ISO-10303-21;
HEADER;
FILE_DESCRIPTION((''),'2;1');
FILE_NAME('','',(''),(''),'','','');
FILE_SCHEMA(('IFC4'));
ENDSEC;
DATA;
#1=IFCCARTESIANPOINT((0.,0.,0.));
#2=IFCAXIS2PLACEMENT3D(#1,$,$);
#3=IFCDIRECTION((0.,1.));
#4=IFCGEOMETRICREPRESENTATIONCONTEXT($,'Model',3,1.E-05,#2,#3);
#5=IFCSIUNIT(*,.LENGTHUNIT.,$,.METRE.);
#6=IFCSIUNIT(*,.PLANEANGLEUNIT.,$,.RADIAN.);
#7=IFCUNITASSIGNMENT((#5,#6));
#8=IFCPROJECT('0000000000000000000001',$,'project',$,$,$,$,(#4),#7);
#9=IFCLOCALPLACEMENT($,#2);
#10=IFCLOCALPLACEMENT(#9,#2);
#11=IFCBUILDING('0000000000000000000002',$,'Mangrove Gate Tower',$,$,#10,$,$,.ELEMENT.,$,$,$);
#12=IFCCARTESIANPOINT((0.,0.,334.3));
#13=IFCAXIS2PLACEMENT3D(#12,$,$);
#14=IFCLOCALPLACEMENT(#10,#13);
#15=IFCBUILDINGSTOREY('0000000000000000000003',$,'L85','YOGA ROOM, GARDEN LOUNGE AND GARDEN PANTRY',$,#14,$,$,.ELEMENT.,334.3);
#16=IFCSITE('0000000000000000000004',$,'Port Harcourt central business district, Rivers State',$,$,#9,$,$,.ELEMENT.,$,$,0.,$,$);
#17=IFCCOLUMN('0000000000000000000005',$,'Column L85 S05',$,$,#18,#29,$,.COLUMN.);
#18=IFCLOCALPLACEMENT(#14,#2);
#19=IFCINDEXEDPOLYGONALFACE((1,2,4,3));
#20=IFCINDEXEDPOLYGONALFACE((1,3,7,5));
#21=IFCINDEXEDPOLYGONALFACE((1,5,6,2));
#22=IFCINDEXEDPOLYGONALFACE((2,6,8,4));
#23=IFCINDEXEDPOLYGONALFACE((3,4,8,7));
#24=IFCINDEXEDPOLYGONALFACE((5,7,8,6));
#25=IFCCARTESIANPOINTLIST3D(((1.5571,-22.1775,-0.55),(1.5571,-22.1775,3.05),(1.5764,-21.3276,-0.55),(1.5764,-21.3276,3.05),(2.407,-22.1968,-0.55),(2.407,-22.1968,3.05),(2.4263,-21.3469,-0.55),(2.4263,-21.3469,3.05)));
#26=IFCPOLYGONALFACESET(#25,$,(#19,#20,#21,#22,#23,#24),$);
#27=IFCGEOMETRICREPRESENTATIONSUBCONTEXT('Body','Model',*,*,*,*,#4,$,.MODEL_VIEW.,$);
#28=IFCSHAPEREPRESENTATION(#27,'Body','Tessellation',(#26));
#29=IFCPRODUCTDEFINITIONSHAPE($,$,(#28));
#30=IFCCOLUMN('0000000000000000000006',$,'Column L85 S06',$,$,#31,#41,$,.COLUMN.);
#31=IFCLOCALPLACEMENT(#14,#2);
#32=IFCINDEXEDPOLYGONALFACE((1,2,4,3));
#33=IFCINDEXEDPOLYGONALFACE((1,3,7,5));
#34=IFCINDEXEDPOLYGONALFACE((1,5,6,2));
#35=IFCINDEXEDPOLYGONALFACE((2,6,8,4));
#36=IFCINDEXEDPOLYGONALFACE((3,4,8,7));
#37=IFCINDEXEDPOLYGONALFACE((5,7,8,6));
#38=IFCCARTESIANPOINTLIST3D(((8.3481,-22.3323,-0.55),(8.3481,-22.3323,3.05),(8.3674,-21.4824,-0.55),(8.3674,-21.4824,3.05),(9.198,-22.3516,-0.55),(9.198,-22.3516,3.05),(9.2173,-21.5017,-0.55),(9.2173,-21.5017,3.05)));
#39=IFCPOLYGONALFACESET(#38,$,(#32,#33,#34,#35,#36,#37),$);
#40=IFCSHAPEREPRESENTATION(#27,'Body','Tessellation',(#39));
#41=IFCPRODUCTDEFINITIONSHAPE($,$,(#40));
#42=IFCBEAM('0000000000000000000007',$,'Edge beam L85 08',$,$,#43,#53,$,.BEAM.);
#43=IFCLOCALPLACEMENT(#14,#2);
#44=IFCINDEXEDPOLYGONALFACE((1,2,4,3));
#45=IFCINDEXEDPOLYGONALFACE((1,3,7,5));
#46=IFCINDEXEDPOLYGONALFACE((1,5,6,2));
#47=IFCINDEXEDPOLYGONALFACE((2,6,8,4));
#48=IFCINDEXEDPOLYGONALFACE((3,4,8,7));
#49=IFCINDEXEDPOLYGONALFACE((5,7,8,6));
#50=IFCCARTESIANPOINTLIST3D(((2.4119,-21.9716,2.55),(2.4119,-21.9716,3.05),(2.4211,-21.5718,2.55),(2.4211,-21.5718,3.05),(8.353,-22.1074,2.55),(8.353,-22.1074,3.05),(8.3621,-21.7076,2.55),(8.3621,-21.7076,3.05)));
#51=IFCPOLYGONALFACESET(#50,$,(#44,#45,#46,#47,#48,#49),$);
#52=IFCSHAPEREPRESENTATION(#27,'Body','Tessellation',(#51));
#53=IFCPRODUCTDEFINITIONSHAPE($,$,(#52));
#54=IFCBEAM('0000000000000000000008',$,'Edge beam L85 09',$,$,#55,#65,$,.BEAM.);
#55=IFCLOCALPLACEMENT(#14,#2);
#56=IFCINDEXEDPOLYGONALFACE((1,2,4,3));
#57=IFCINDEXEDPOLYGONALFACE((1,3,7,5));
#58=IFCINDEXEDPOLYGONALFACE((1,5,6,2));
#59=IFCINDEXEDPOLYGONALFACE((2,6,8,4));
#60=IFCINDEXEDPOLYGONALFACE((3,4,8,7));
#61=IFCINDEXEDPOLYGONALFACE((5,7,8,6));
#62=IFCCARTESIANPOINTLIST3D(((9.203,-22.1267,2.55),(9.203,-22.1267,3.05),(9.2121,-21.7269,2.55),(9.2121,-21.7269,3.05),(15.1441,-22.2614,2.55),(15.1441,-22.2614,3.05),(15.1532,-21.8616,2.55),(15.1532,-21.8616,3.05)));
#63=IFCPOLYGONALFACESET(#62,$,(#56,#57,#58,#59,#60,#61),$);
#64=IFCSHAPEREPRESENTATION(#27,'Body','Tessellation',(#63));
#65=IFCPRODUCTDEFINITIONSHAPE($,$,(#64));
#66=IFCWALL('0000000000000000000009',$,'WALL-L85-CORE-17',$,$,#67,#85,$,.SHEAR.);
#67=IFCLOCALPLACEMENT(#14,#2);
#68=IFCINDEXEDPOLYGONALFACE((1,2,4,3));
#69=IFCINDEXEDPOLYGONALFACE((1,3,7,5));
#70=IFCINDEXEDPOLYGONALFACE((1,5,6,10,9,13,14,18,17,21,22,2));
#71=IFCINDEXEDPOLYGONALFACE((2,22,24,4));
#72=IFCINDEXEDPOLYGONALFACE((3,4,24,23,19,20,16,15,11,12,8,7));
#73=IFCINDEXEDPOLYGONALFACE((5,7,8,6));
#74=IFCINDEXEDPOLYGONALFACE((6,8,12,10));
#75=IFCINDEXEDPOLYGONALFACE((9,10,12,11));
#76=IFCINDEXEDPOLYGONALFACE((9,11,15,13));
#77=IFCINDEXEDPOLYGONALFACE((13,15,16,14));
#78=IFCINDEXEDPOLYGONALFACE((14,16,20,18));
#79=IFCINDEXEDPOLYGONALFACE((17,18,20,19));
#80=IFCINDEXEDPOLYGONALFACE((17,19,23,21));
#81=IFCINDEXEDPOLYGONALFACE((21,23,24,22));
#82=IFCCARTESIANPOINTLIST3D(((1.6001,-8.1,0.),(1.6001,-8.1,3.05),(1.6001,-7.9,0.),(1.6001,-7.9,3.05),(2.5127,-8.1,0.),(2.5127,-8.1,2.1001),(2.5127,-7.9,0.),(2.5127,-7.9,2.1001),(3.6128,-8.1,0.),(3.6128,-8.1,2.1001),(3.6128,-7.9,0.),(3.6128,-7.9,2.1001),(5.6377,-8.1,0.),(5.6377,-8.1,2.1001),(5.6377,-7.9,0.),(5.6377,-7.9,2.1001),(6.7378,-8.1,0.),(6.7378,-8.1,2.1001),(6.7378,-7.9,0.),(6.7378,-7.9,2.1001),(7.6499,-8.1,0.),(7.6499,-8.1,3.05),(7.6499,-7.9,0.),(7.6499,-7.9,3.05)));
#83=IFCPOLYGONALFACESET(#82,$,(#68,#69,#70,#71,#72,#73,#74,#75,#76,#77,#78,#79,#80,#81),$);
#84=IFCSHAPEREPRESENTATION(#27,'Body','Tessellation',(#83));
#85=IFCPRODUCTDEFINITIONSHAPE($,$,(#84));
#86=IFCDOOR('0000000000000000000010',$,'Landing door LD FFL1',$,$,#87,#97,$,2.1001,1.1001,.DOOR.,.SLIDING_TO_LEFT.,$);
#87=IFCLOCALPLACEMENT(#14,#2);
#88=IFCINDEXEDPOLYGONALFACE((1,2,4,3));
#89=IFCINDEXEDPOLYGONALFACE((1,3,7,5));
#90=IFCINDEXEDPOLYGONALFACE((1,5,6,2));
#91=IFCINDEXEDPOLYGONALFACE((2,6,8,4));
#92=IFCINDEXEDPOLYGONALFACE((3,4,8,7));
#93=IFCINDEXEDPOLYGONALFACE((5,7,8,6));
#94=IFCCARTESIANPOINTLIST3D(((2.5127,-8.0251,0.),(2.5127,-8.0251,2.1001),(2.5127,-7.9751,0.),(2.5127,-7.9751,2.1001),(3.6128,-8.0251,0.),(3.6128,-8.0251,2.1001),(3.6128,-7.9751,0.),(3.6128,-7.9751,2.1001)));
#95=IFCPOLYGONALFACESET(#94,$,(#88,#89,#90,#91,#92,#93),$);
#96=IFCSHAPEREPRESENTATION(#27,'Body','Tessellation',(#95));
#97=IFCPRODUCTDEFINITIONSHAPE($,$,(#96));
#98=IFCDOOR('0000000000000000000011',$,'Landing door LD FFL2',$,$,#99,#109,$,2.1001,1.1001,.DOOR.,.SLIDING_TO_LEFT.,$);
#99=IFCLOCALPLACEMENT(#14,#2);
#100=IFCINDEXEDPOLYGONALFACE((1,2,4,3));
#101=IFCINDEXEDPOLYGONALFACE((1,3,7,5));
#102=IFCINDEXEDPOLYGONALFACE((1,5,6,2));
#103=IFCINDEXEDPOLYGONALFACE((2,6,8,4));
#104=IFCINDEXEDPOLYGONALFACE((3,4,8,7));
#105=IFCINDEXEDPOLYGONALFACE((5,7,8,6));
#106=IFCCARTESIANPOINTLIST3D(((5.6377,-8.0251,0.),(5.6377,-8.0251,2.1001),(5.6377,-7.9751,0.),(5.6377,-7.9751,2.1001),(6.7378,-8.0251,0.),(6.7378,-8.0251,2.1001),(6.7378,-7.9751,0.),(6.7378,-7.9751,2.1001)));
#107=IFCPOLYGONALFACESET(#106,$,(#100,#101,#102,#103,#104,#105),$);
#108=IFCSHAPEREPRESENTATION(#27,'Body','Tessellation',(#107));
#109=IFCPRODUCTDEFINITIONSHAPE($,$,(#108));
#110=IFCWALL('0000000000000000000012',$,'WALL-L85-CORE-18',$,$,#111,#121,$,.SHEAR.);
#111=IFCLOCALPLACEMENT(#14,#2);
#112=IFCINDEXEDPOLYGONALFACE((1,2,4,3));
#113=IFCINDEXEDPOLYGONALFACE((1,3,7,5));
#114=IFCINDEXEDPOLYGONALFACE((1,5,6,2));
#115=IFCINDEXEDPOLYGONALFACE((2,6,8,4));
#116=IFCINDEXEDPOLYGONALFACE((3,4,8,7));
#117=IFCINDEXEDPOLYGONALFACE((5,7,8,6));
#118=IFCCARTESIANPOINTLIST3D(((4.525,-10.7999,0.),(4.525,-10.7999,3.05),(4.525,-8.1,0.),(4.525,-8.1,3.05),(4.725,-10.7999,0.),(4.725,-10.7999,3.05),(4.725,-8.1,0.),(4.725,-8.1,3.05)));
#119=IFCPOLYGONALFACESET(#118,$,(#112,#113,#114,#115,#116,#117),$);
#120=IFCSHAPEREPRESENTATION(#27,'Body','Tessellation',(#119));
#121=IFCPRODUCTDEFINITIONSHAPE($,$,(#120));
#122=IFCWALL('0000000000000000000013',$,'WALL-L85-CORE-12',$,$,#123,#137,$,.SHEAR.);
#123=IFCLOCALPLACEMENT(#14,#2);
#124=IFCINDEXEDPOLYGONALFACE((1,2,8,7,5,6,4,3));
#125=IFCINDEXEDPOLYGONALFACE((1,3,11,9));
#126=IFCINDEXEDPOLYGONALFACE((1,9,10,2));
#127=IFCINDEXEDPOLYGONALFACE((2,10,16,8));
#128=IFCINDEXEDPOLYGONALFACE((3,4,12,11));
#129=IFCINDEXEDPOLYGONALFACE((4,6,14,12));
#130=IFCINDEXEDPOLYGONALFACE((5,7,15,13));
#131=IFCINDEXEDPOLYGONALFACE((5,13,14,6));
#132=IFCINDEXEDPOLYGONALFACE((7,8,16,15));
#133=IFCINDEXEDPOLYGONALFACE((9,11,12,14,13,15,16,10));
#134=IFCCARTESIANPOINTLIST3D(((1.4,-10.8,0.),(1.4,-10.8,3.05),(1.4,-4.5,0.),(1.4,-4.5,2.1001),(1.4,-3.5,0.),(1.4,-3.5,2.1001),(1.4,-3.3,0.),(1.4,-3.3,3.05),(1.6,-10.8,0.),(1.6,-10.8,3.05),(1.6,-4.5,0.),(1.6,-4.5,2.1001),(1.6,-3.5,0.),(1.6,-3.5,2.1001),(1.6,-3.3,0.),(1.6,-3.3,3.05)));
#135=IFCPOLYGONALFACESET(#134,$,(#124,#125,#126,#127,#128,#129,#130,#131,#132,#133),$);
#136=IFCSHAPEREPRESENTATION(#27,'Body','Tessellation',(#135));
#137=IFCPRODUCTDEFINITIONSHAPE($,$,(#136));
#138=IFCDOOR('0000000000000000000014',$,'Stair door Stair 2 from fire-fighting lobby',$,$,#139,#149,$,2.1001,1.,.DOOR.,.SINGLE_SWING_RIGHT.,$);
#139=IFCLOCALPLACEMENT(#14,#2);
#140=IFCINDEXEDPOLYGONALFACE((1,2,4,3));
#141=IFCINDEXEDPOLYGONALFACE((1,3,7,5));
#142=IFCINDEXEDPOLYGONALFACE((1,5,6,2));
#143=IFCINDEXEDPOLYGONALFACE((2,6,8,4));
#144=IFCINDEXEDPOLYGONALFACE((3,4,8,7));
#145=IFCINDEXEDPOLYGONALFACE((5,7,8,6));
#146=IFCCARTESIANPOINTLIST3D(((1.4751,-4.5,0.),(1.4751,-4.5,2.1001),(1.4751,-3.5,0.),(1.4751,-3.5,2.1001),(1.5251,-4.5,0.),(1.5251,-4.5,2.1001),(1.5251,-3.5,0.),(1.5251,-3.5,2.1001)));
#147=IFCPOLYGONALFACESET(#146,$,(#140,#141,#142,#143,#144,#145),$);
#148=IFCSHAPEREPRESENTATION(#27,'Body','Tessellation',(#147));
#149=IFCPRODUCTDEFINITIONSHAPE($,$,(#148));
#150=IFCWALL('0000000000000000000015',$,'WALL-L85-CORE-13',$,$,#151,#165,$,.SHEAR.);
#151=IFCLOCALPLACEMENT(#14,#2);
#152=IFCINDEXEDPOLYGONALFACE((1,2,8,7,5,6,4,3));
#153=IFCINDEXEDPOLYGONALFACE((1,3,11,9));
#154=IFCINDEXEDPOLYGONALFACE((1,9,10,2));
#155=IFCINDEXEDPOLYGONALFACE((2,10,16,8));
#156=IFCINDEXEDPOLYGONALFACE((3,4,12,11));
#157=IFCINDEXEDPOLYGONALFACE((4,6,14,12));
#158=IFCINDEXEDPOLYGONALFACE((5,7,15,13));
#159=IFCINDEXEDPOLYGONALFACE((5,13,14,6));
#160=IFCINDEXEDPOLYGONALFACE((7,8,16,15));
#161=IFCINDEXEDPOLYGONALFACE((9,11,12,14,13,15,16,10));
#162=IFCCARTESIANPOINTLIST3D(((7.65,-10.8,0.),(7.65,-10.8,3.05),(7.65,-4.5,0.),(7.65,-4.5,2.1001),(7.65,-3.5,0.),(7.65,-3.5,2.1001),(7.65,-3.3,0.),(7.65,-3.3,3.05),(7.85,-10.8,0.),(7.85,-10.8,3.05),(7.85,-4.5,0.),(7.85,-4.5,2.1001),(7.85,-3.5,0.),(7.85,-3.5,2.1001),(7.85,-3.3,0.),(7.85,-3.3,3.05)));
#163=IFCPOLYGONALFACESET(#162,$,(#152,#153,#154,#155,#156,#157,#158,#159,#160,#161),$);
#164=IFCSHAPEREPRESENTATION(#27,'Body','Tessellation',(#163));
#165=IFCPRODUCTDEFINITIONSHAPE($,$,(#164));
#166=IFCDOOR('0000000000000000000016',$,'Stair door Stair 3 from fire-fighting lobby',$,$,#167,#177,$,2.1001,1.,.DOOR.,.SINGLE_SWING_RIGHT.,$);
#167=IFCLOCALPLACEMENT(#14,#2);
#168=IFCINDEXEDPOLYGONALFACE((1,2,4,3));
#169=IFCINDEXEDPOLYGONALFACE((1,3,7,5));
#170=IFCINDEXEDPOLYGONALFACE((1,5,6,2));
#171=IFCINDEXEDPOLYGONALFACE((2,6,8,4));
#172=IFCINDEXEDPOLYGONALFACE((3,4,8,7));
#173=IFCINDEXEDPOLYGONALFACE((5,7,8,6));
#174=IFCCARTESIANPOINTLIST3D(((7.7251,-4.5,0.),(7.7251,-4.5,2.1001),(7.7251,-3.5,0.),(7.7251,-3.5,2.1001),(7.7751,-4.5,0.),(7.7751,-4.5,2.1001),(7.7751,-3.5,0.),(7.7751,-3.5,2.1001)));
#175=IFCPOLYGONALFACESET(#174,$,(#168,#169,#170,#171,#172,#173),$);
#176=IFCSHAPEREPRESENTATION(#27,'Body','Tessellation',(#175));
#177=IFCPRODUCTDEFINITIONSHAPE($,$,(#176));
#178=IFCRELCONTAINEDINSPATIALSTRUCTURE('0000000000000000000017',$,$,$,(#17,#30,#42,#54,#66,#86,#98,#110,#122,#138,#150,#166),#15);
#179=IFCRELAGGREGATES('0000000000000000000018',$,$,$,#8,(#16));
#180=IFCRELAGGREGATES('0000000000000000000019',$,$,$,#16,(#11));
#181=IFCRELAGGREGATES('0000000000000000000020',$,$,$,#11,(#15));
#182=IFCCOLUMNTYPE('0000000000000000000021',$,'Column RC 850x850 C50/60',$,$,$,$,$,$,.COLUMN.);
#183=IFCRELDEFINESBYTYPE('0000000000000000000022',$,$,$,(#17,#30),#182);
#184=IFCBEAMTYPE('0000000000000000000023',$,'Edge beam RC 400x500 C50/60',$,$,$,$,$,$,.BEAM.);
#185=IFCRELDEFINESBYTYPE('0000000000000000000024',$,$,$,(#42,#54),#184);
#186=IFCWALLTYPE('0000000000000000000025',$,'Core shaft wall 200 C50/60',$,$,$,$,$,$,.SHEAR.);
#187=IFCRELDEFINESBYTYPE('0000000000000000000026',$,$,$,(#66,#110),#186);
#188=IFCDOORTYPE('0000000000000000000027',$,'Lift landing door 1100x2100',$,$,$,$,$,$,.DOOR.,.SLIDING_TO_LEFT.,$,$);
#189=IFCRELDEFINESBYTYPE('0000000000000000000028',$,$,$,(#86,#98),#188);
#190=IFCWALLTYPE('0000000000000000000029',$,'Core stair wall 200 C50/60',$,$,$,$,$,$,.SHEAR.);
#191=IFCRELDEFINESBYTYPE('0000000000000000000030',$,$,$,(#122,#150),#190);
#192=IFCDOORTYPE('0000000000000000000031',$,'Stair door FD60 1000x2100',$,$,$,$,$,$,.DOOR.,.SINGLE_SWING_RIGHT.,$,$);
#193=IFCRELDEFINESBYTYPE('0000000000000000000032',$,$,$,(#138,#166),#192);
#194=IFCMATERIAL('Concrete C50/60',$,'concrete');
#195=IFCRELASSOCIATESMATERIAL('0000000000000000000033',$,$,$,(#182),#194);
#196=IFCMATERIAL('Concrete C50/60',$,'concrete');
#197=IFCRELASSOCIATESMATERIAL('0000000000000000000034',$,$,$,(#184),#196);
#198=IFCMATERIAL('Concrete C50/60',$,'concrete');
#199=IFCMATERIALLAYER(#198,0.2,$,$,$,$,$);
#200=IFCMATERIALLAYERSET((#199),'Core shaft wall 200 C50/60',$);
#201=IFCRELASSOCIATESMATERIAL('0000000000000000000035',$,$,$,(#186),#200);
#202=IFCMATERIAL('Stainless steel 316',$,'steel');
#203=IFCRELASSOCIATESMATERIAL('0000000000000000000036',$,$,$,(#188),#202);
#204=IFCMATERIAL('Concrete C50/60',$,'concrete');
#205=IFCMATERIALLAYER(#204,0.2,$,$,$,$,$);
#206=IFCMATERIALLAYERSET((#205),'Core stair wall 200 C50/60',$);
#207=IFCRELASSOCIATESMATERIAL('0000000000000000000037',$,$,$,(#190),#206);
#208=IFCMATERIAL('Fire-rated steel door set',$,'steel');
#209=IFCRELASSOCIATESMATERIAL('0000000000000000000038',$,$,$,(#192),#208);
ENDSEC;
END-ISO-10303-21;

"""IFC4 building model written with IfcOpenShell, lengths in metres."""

from ifc_helpers import new_model, si_unit, direction, frame, frame_2d, origin, origin_2d, place, context, subcontext, project, spatial, rectangle, extrude, material, layer, layer_set, material_profile, profile_set, type_object, element, fill, save


model = new_model("IFC4")

# Units and contexts
model_context = context("Model", 3, precision=1e-05, world=origin(), true_north=direction((0.0, 1.0)))
body_context = subcontext(model_context, "Body", "Model", "MODEL_VIEW")
ifc_project = project(units=[si_unit("LENGTHUNIT", "METRE"), si_unit("PLANEANGLEUNIT", "RADIAN")], contexts=[model_context])

# Site, building, storey
site_placement = place(None, origin())
site = spatial("IfcSite", under=ifc_project, at=site_placement, Name="Port Harcourt central business district, Rivers State", CompositionType="ELEMENT", RefElevation=0.0)
building_placement = place(site_placement, origin())
building = spatial("IfcBuilding", under=site, at=building_placement, Name="Mangrove Gate Tower", CompositionType="ELEMENT")
storey_placement = place(building_placement, frame((0.0, 0.0, 334.3)))
storey = spatial("IfcBuildingStorey", under=building, at=storey_placement, Name="L85", Description="YOGA ROOM, GARDEN LOUNGE AND GARDEN PANTRY", CompositionType="ELEMENT", Elevation=334.3)

# Columns
ifc_material_1 = material(Name="Concrete C50/60", Category="concrete")
ifc_material_profile_1 = material_profile(ifc_material_1, rectangle(XDim=0.8501, YDim=0.8501, at=origin_2d()))
ifc_profile_set_1 = profile_set([ifc_material_profile_1], Name="Concrete C50/60")
column_type = type_object("IfcColumnType", Name="Column RC 850x850 C50/60", PredefinedType="COLUMN", material=ifc_profile_set_1)
for number, where, z_axis, x_axis, name in (
    (1, (1.9917, -21.7622, -0.55), (0.0, 0.0, 1.0), (0.999741, -0.022743, 0.0), "Column L85 S05"),
    (2, (8.7827, -21.917, -0.55), (0.0, 0.0, 1.0), (0.999741, -0.022745, 0.0), "Column L85 S06"),
):
    element("IfcColumn", number, at=place(storey_placement, frame(where, z_axis=z_axis, x_axis=x_axis)), inside=storey, type_object=column_type, Name=name, PredefinedType="COLUMN", context=body_context, shape_type="SweptSolid", body=[
        extrude(rectangle(XDim=0.8501, YDim=0.8501, at=origin_2d()), origin(), (0.0, 0.0, 1.0), 3.6001),
    ])

# Beams
ifc_material_2 = material(Name="Concrete C50/60", Category="concrete")
ifc_material_profile_2 = material_profile(ifc_material_2, rectangle(XDim=0.3999, YDim=0.5, at=origin_2d()))
ifc_profile_set_2 = profile_set([ifc_material_profile_2], Name="Concrete C50/60")
beam_type = type_object("IfcBeamType", Name="Edge beam RC 400x500 C50/60", PredefinedType="BEAM", material=ifc_profile_set_2)
for number, where, z_axis, x_axis, name in (
    (3, (2.4165, -21.7717, 2.8), (0.999739, -0.022842, 0.0), (0.022842, 0.999739, 0.0), "Edge beam L85 08"),
    (4, (9.2075, -21.9268, 2.8), (0.999743, -0.022678, 0.0), (0.022678, 0.999743, 0.0), "Edge beam L85 09"),
):
    element("IfcBeam", number, at=place(storey_placement, frame(where, z_axis=z_axis, x_axis=x_axis)), inside=storey, type_object=beam_type, Name=name, PredefinedType="BEAM", context=body_context, shape_type="SweptSolid", body=[
        extrude(rectangle(XDim=0.3999, YDim=0.5, at=origin_2d()), origin(), (0.0, 0.0, 1.0), 5.9426),
    ])

# Wall, openings, doors
ifc_material_3 = material(Name="Concrete C50/60", Category="concrete")
ifc_layer_1 = layer(ifc_material_3, 0.2)
ifc_layer_set_1 = layer_set([ifc_layer_1], Name="Core shaft wall 200 C50/60")
wall_type_1 = type_object("IfcWallType", Name="Core shaft wall 200 C50/60", PredefinedType="SHEAR", material=ifc_layer_set_1)
wall_1_placement = place(storey_placement, frame((1.6001, -8.0, 0.0), z_axis=(0.0, 0.0, 1.0), x_axis=(1.0, 0.0, 0.0)))
wall_1 = element("IfcWall", 5, at=wall_1_placement, inside=storey, type_object=wall_type_1, Name="WALL-L85-CORE-17", PredefinedType="SHEAR", context=body_context, shape_type="SweptSolid", body=[
    extrude(rectangle(XDim=6.0498, YDim=0.2, at=frame_2d((3.0249, 0.0))), origin(), (0.0, 0.0, 1.0), 3.05),
])
opening_1_placement = place(wall_1_placement, frame((0.9126, 0.0, 0.0)))
opening_1 = element("IfcOpeningElement", 6, at=opening_1_placement, cuts=wall_1, PredefinedType="OPENING", context=body_context, shape_type="SweptSolid", body=[
    extrude(rectangle(XDim=1.1001, YDim=2.1001, at=frame_2d((0.55, 1.05))), frame((0.0, 0.1099, 0.0), z_axis=(0.0, -1.0, 0.0), x_axis=(1.0, 0.0, 0.0)), (0.0, 0.0, 1.0), 0.22),
])
opening_2_placement = place(wall_1_placement, frame((4.0376, 0.0, 0.0)))
opening_2 = element("IfcOpeningElement", 7, at=opening_2_placement, cuts=wall_1, PredefinedType="OPENING", context=body_context, shape_type="SweptSolid", body=[
    extrude(rectangle(XDim=1.1001, YDim=2.1001, at=frame_2d((0.55, 1.05))), frame((0.0, 0.1099, 0.0), z_axis=(0.0, -1.0, 0.0), x_axis=(1.0, 0.0, 0.0)), (0.0, 0.0, 1.0), 0.22),
])
ifc_material_4 = material(Name="Stainless steel 316", Category="steel")
door_type_1 = type_object("IfcDoorType", Name="Lift landing door 1100x2100", OperationType="SLIDING_TO_LEFT", PredefinedType="DOOR", material=ifc_material_4)
door_1_placement = place(opening_1_placement, origin())
door_1 = element("IfcDoor", 8, at=door_1_placement, inside=storey, type_object=door_type_1, Name="Landing door LD FFL1", OperationType="SLIDING_TO_LEFT", OverallHeight=2.1001, OverallWidth=1.1001, PredefinedType="DOOR", context=body_context, shape_type="SweptSolid", body=[
    extrude(rectangle(XDim=1.1001, YDim=2.1001, at=frame_2d((0.55, 1.05))), frame((0.0, 0.0249, 0.0), z_axis=(0.0, -1.0, 0.0), x_axis=(1.0, 0.0, 0.0)), (0.0, 0.0, 1.0), 0.05),
])
fill(opening_1, door_1)
door_2_placement = place(opening_2_placement, origin())
door_2 = element("IfcDoor", 9, at=door_2_placement, inside=storey, type_object=door_type_1, Name="Landing door LD FFL2", OperationType="SLIDING_TO_LEFT", OverallHeight=2.1001, OverallWidth=1.1001, PredefinedType="DOOR", context=body_context, shape_type="SweptSolid", body=[
    extrude(rectangle(XDim=1.1001, YDim=2.1001, at=frame_2d((0.55, 1.05))), frame((0.0, 0.0249, 0.0), z_axis=(0.0, -1.0, 0.0), x_axis=(1.0, 0.0, 0.0)), (0.0, 0.0, 1.0), 0.05),
])
fill(opening_2, door_2)

# Wall
wall_2_placement = place(storey_placement, frame((4.625, -10.8, 0.0), z_axis=(0.0, 0.0, 1.0), x_axis=(0.0, 1.0, 0.0)))
element("IfcWall", 10, at=wall_2_placement, inside=storey, type_object=wall_type_1, Name="WALL-L85-CORE-18", PredefinedType="SHEAR", context=body_context, shape_type="SweptSolid", body=[
    extrude(rectangle(XDim=2.7, YDim=0.2, at=frame_2d((1.3501, 0.0))), origin(), (0.0, 0.0, 1.0), 3.05),
])

# Walls, openings, doors
ifc_material_5 = material(Name="Concrete C50/60", Category="concrete")
ifc_layer_2 = layer(ifc_material_5, 0.2)
ifc_layer_set_2 = layer_set([ifc_layer_2], Name="Core stair wall 200 C50/60")
wall_type_2 = type_object("IfcWallType", Name="Core stair wall 200 C50/60", PredefinedType="SHEAR", material=ifc_layer_set_2)
wall_3_placement = place(storey_placement, frame((1.5, -10.8, 0.0), z_axis=(0.0, 0.0, 1.0), x_axis=(0.0, 1.0, 0.0)))
wall_3 = element("IfcWall", 11, at=wall_3_placement, inside=storey, type_object=wall_type_2, Name="WALL-L85-CORE-12", PredefinedType="SHEAR", context=body_context, shape_type="SweptSolid", body=[
    extrude(rectangle(XDim=7.5, YDim=0.2, at=frame_2d((3.75, 0.0))), origin(), (0.0, 0.0, 1.0), 3.05),
])
opening_3_placement = place(wall_3_placement, frame((6.3, 0.0, 0.0)))
opening_3 = element("IfcOpeningElement", 12, at=opening_3_placement, cuts=wall_3, PredefinedType="OPENING", context=body_context, shape_type="SweptSolid", body=[
    extrude(rectangle(XDim=1.0, YDim=2.1001, at=frame_2d((0.5, 1.05))), frame((0.0, 0.1099, 0.0), z_axis=(0.0, -1.0, 0.0), x_axis=(1.0, 0.0, 0.0)), (0.0, 0.0, 1.0), 0.22),
])
ifc_material_6 = material(Name="Fire-rated steel door set", Category="steel")
door_type_2 = type_object("IfcDoorType", Name="Stair door FD60 1000x2100", OperationType="SINGLE_SWING_RIGHT", PredefinedType="DOOR", material=ifc_material_6)
door_3_placement = place(opening_3_placement, origin())
door_3 = element("IfcDoor", 13, at=door_3_placement, inside=storey, type_object=door_type_2, Name="Stair door Stair 2 from fire-fighting lobby", OperationType="SINGLE_SWING_RIGHT", OverallHeight=2.1001, OverallWidth=1.0, PredefinedType="DOOR", context=body_context, shape_type="SweptSolid", body=[
    extrude(rectangle(XDim=1.0, YDim=2.1001, at=frame_2d((0.5, 1.05))), frame((0.0, 0.0249, 0.0), z_axis=(0.0, -1.0, 0.0), x_axis=(1.0, 0.0, 0.0)), (0.0, 0.0, 1.0), 0.05),
])
fill(opening_3, door_3)
wall_4_placement = place(storey_placement, frame((7.75, -10.8, 0.0), z_axis=(0.0, 0.0, 1.0), x_axis=(0.0, 1.0, 0.0)))
wall_4 = element("IfcWall", 14, at=wall_4_placement, inside=storey, type_object=wall_type_2, Name="WALL-L85-CORE-13", PredefinedType="SHEAR", context=body_context, shape_type="SweptSolid", body=[
    extrude(rectangle(XDim=7.5, YDim=0.2, at=frame_2d((3.75, 0.0))), origin(), (0.0, 0.0, 1.0), 3.05),
])
opening_4_placement = place(wall_4_placement, frame((6.3, 0.0, 0.0)))
opening_4 = element("IfcOpeningElement", 15, at=opening_4_placement, cuts=wall_4, PredefinedType="OPENING", context=body_context, shape_type="SweptSolid", body=[
    extrude(rectangle(XDim=1.0, YDim=2.1001, at=frame_2d((0.5, 1.05))), frame((0.0, 0.1099, 0.0), z_axis=(0.0, -1.0, 0.0), x_axis=(1.0, 0.0, 0.0)), (0.0, 0.0, 1.0), 0.22),
])
door_4_placement = place(opening_4_placement, origin())
door_4 = element("IfcDoor", 16, at=door_4_placement, inside=storey, type_object=door_type_2, Name="Stair door Stair 3 from fire-fighting lobby", OperationType="SINGLE_SWING_RIGHT", OverallHeight=2.1001, OverallWidth=1.0, PredefinedType="DOOR", context=body_context, shape_type="SweptSolid", body=[
    extrude(rectangle(XDim=1.0, YDim=2.1001, at=frame_2d((0.5, 1.05))), frame((0.0, 0.0249, 0.0), z_axis=(0.0, -1.0, 0.0), x_axis=(1.0, 0.0, 0.0)), (0.0, 0.0, 1.0), 0.05),
])
fill(opening_4, door_4)

save(model, "model.ifc")
